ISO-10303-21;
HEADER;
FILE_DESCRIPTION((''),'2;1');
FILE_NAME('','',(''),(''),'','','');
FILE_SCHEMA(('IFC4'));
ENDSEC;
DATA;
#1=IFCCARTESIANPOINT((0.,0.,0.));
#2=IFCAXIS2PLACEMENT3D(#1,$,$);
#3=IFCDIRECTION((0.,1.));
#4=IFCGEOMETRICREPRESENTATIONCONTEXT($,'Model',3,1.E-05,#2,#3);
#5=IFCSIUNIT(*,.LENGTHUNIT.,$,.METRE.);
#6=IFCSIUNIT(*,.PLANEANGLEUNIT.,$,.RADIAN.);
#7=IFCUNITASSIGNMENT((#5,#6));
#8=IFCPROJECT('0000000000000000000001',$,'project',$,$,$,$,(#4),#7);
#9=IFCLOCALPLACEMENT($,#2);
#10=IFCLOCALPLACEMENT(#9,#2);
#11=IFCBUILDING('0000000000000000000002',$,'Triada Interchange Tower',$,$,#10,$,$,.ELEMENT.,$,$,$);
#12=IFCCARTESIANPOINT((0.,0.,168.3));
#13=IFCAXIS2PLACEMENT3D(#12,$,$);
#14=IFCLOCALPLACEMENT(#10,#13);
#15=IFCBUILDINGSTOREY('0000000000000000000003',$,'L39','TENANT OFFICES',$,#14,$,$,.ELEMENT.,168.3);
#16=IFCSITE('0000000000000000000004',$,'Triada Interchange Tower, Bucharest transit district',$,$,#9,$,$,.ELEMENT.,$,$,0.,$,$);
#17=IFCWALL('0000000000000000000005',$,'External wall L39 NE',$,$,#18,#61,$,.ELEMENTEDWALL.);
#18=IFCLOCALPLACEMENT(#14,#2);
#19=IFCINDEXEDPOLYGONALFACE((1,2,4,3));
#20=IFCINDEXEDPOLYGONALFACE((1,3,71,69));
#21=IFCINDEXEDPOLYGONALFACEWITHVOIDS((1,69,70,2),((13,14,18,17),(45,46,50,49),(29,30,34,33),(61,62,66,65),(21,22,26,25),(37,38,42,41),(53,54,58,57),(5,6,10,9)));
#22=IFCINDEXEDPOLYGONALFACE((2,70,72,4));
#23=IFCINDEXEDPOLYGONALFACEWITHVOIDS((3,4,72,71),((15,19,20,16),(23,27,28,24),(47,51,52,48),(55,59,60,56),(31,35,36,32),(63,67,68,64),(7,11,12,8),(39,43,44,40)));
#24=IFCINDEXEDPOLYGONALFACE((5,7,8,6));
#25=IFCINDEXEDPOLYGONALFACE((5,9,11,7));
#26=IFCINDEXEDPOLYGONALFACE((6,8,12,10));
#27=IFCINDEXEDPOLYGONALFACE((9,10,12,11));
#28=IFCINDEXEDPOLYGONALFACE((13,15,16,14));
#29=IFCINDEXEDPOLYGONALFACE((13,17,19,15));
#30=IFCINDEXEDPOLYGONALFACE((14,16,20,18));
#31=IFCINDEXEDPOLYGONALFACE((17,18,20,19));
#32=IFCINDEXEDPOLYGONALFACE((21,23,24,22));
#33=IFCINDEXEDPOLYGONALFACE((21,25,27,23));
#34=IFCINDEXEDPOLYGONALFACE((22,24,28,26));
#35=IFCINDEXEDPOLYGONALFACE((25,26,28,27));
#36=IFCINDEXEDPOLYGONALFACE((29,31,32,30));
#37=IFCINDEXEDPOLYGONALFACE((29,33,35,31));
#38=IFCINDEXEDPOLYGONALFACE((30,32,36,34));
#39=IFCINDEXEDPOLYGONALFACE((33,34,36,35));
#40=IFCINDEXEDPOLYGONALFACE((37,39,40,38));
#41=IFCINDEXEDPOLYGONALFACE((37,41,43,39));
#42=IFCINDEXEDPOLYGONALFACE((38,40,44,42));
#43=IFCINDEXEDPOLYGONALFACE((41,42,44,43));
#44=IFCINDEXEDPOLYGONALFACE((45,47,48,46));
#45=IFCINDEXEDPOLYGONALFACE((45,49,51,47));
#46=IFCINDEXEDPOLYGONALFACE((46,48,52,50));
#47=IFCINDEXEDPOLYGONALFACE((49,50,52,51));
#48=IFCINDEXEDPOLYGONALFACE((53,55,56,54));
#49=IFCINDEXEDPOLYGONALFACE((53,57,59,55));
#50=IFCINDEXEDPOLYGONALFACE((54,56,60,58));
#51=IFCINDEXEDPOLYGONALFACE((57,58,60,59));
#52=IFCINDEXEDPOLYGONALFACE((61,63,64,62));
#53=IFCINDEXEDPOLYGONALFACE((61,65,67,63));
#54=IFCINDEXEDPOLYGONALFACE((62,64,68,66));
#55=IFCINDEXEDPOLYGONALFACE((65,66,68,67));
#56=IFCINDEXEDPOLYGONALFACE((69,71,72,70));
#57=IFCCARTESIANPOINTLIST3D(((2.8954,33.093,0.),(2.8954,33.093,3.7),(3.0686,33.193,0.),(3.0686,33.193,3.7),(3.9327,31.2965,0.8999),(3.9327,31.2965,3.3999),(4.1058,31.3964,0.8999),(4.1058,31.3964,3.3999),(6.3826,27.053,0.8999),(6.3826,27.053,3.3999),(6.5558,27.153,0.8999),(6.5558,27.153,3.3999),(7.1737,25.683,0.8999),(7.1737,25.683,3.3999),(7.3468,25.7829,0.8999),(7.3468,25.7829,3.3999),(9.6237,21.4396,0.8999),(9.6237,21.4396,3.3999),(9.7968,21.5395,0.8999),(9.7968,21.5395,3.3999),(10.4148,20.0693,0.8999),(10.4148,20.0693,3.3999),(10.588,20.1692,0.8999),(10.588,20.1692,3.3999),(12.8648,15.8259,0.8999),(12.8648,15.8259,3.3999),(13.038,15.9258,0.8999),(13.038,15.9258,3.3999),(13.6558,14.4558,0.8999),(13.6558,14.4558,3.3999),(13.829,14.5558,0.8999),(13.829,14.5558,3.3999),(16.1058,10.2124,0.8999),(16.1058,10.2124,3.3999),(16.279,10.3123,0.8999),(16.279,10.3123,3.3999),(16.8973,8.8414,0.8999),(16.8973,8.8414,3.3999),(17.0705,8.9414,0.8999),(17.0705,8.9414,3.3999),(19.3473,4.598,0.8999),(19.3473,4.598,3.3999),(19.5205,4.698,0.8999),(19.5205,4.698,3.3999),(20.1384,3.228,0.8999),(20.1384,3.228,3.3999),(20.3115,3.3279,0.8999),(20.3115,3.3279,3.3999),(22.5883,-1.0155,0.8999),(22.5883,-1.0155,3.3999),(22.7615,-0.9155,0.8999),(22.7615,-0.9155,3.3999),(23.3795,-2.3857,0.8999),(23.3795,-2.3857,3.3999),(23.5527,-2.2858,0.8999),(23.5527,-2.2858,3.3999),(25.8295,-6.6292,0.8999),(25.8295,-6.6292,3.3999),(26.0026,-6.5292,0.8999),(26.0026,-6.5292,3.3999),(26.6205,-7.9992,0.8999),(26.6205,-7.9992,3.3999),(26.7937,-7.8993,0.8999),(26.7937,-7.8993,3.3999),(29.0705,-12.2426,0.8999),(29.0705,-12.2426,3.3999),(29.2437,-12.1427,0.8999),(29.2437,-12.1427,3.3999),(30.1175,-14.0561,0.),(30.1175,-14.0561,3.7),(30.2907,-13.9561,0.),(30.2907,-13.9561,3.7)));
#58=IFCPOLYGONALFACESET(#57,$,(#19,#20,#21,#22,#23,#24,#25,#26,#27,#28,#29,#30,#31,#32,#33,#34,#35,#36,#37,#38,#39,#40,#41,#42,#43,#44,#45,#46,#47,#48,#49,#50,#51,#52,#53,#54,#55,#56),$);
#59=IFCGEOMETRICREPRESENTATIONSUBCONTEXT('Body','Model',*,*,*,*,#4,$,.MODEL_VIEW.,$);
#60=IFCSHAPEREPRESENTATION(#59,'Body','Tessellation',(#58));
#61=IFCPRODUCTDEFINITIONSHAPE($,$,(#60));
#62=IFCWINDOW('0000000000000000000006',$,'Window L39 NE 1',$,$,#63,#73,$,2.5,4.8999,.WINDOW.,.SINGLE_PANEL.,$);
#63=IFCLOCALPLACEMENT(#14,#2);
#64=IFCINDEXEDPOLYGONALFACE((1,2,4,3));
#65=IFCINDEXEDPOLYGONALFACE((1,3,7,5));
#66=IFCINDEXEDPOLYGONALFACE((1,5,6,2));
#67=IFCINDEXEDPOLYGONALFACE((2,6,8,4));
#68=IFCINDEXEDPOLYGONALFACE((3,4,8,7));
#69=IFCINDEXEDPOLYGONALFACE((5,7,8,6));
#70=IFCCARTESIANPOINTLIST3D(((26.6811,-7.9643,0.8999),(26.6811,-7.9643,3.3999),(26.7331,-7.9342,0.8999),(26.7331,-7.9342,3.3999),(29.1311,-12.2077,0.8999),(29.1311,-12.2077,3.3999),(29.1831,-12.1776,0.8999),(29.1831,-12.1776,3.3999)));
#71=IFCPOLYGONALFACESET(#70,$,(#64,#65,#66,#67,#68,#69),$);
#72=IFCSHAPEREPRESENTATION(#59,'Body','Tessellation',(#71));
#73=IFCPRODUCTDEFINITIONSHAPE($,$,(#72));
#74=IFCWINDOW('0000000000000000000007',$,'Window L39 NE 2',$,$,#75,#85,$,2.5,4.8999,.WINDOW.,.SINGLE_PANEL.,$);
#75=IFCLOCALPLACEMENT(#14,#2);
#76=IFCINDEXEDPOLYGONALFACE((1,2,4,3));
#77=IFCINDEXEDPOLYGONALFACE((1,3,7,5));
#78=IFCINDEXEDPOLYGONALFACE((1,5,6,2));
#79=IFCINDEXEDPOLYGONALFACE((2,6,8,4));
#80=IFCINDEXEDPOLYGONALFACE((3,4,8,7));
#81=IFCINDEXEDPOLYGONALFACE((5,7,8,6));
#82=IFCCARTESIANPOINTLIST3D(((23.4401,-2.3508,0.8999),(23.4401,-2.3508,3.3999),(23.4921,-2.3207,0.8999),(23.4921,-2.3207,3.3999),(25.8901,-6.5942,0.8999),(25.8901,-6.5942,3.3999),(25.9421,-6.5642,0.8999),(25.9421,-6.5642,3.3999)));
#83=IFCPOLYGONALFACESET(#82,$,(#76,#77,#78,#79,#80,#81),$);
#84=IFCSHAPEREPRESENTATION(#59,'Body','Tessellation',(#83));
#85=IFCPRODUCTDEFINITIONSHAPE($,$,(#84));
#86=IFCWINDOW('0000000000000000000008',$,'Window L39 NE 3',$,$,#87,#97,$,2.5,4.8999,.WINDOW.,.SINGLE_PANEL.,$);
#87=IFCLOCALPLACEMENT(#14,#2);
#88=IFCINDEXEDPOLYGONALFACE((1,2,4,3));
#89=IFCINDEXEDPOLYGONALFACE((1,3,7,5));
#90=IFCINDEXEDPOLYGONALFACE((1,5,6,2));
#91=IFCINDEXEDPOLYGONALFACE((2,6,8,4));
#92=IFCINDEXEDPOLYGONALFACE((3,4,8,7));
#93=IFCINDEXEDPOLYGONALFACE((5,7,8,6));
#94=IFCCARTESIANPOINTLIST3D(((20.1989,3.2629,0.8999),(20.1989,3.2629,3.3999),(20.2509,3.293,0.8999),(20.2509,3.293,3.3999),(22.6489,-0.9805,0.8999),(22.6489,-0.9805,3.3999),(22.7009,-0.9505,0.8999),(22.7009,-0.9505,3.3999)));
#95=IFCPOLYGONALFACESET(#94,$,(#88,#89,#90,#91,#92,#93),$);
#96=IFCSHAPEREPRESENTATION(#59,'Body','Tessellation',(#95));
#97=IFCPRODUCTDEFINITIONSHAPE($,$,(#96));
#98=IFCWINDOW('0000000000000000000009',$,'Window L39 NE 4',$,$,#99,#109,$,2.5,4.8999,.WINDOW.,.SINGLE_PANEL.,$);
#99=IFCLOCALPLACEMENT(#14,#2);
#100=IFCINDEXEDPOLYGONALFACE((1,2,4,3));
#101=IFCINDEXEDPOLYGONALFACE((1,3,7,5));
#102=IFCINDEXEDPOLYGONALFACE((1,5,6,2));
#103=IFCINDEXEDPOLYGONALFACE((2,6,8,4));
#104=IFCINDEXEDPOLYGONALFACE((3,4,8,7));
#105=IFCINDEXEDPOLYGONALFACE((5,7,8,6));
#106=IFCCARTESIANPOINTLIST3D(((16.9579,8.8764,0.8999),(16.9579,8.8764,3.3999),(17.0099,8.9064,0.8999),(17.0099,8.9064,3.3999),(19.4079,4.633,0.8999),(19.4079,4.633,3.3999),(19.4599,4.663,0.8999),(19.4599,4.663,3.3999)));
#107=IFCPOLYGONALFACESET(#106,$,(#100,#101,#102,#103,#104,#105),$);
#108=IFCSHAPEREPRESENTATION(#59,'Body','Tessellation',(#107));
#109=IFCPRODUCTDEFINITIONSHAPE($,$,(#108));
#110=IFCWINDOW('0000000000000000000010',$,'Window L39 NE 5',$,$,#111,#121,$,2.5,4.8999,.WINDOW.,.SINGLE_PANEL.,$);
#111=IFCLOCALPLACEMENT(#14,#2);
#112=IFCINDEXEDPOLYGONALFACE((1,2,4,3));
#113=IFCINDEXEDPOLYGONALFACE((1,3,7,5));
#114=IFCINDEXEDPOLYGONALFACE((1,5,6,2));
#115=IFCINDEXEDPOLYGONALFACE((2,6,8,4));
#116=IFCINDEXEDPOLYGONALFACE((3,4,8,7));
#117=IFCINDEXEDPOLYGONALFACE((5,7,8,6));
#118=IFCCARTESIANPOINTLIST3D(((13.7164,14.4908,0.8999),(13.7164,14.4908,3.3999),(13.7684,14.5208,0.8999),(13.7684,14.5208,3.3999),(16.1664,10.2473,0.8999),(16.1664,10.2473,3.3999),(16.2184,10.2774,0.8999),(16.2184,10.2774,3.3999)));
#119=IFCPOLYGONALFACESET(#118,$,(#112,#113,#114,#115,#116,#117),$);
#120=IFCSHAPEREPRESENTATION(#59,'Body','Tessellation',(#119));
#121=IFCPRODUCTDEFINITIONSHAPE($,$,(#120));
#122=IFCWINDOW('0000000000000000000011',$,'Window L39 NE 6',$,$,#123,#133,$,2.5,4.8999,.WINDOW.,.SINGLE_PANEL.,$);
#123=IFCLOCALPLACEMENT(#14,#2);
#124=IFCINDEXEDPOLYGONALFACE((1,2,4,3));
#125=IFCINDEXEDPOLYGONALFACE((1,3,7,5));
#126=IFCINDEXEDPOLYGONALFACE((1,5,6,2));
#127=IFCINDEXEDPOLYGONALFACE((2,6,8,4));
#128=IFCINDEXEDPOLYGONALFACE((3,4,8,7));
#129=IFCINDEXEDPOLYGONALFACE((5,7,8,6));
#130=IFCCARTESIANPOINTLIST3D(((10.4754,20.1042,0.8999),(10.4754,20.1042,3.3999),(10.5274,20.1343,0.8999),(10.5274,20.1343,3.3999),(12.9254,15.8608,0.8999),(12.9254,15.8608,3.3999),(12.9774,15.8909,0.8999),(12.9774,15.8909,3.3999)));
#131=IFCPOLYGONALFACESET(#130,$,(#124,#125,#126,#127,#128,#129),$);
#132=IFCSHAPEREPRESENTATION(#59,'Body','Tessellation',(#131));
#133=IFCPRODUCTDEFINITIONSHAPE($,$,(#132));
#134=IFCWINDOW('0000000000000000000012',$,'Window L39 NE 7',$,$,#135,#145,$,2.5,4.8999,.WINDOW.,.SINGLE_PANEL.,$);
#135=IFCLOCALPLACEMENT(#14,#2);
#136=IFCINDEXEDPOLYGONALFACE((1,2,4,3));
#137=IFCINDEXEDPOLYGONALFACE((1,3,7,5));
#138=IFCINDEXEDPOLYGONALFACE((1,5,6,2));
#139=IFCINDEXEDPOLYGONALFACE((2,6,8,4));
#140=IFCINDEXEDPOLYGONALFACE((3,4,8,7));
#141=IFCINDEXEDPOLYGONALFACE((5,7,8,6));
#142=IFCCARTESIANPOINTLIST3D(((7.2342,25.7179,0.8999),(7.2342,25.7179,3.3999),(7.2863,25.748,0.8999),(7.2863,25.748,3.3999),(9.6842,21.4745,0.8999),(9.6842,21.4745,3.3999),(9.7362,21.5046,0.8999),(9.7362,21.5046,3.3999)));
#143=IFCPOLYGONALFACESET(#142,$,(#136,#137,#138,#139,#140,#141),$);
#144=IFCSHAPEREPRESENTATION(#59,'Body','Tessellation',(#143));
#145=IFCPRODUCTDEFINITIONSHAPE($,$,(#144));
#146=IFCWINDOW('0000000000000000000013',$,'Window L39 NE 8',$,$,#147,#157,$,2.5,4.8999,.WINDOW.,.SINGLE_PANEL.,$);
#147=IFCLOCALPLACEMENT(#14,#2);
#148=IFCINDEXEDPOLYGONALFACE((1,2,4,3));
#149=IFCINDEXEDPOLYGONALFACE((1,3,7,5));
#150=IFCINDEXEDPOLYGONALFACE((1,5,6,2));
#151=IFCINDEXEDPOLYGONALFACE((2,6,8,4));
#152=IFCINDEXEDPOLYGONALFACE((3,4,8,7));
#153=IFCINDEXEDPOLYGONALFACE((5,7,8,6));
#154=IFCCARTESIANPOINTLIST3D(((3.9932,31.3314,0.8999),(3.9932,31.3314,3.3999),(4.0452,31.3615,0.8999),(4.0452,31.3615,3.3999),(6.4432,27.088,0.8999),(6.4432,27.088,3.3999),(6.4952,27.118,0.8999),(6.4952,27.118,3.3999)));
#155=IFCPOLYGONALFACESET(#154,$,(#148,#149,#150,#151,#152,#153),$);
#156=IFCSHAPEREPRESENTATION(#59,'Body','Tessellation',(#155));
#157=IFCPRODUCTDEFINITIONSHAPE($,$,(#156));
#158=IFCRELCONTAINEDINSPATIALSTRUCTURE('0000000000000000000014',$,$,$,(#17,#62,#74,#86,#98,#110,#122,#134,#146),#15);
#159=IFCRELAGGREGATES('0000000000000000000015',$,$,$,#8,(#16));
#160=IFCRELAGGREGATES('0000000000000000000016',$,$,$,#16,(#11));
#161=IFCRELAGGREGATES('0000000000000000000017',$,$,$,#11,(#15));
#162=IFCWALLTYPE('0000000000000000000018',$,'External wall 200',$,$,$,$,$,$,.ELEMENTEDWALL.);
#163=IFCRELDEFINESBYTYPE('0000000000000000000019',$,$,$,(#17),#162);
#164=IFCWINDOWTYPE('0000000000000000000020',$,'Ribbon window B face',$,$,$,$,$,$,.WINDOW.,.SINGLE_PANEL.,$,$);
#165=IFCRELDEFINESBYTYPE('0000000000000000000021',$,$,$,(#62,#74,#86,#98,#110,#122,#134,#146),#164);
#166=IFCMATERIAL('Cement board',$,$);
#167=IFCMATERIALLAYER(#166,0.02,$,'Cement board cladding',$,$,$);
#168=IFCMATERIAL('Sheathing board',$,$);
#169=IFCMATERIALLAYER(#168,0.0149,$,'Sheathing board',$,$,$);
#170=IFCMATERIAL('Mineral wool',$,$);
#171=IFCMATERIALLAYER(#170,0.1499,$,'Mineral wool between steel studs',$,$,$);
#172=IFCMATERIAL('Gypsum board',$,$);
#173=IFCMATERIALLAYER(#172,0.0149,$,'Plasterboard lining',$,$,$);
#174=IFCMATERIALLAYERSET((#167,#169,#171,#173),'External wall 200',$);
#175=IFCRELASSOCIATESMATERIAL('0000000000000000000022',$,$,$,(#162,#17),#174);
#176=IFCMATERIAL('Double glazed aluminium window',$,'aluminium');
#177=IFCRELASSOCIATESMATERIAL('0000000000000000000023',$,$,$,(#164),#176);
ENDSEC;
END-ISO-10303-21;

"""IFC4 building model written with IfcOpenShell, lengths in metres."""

from ifc_helpers import new_model, si_unit, direction, frame, frame_2d, origin, place, context, subcontext, project, spatial, rectangle, extrude, material, layer, layer_set, layer_usage, type_object, element, fill, save


model = new_model("IFC4")

# Units and contexts
model_context = context("Model", 3, precision=1e-05, world=origin(), true_north=direction((0.0, 1.0)))
body_context = subcontext(model_context, "Body", "Model", "MODEL_VIEW")
ifc_project = project(units=[si_unit("LENGTHUNIT", "METRE"), si_unit("PLANEANGLEUNIT", "RADIAN")], contexts=[model_context])

# Site, building, storey
site_placement = place(None, origin())
site = spatial("IfcSite", under=ifc_project, at=site_placement, Name="Triada Interchange Tower, Bucharest transit district", CompositionType="ELEMENT", RefElevation=0.0)
building_placement = place(site_placement, origin())
building = spatial("IfcBuilding", under=site, at=building_placement, Name="Triada Interchange Tower", CompositionType="ELEMENT")
storey_placement = place(building_placement, frame((0.0, 0.0, 168.3)))
storey = spatial("IfcBuildingStorey", under=building, at=storey_placement, Name="L39", Description="TENANT OFFICES", CompositionType="ELEMENT", Elevation=168.3)

# Shared definitions
ifc_material_1 = material(Name="Cement board")
ifc_layer_1 = layer(ifc_material_1, 0.02, Name="Cement board cladding")
ifc_material_2 = material(Name="Sheathing board")
ifc_layer_2 = layer(ifc_material_2, 0.0149, Name="Sheathing board")
ifc_material_3 = material(Name="Mineral wool")
ifc_layer_3 = layer(ifc_material_3, 0.1499, Name="Mineral wool between steel studs")
ifc_material_4 = material(Name="Gypsum board")
ifc_layer_4 = layer(ifc_material_4, 0.0149, Name="Plasterboard lining")
ifc_layer_set_1 = layer_set([ifc_layer_1, ifc_layer_2, ifc_layer_3, ifc_layer_4], Name="External wall 200")
ifc_layer_usage = layer_usage(ifc_layer_set_1, "AXIS2", "POSITIVE", -0.1001)
wall_type_1 = type_object("IfcWallType", Name="External wall 200", PredefinedType="ELEMENTEDWALL", material=ifc_layer_set_1)
ifc_material_5 = material(Name="Double glazed aluminium window", Category="aluminium")

# Wall, openings, windows
wall_1_placement = place(storey_placement, frame((30.2041, -14.0061, 0.0), z_axis=(0.0, 0.0, 1.0), x_axis=(-0.500008, 0.866021, 0.0)))
wall_1 = element("IfcWall", 1, at=wall_1_placement, inside=storey, type_object=wall_type_1, material=ifc_layer_usage, Name="External wall L39 NE", PredefinedType="ELEMENTEDWALL", context=body_context, shape_type="SweptSolid", body=[
    extrude(rectangle(XDim=54.4434, YDim=0.2, at=frame_2d((27.2217, 0.0))), origin(), (0.0, 0.0, 1.0), 3.7),
])
opening_1_placement = place(wall_1_placement, frame((2.094, 0.0, 0.8999)))
opening_1 = element("IfcOpeningElement", 2, at=opening_1_placement, cuts=wall_1, PredefinedType="OPENING", context=body_context, shape_type="SweptSolid", body=[
    extrude(rectangle(XDim=4.8999, YDim=2.5, at=frame_2d((2.45, 1.25))), frame((0.0, 0.1099, 0.0), z_axis=(0.0, -1.0, 0.0), x_axis=(1.0, 0.0, 0.0)), (0.0, 0.0, 1.0), 0.22),
])
opening_2_placement = place(wall_1_placement, frame((8.5759, 0.0, 0.8999)))
opening_2 = element("IfcOpeningElement", 3, at=opening_2_placement, cuts=wall_1, PredefinedType="OPENING", context=body_context, shape_type="SweptSolid", body=[
    extrude(rectangle(XDim=4.8999, YDim=2.5, at=frame_2d((2.45, 1.25))), frame((0.0, 0.1099, 0.0), z_axis=(0.0, -1.0, 0.0), x_axis=(1.0, 0.0, 0.0)), (0.0, 0.0, 1.0), 0.22),
])
opening_3_placement = place(wall_1_placement, frame((15.0581, 0.0, 0.8999)))
opening_3 = element("IfcOpeningElement", 4, at=opening_3_placement, cuts=wall_1, PredefinedType="OPENING", context=body_context, shape_type="SweptSolid", body=[
    extrude(rectangle(XDim=4.8999, YDim=2.5, at=frame_2d((2.45, 1.25))), frame((0.0, 0.1099, 0.0), z_axis=(0.0, -1.0, 0.0), x_axis=(1.0, 0.0, 0.0)), (0.0, 0.0, 1.0), 0.22),
])
opening_4_placement = place(wall_1_placement, frame((21.54, 0.0, 0.8999)))
opening_4 = element("IfcOpeningElement", 5, at=opening_4_placement, cuts=wall_1, PredefinedType="OPENING", context=body_context, shape_type="SweptSolid", body=[
    extrude(rectangle(XDim=4.8999, YDim=2.5, at=frame_2d((2.45, 1.25))), frame((0.0, 0.1099, 0.0), z_axis=(0.0, -1.0, 0.0), x_axis=(1.0, 0.0, 0.0)), (0.0, 0.0, 1.0), 0.22),
])
opening_5_placement = place(wall_1_placement, frame((28.0229, 0.0, 0.8999)))
opening_5 = element("IfcOpeningElement", 6, at=opening_5_placement, cuts=wall_1, PredefinedType="OPENING", context=body_context, shape_type="SweptSolid", body=[
    extrude(rectangle(XDim=4.8999, YDim=2.5, at=frame_2d((2.45, 1.25))), frame((0.0, 0.1099, 0.0), z_axis=(0.0, -1.0, 0.0), x_axis=(1.0, 0.0, 0.0)), (0.0, 0.0, 1.0), 0.22),
])
opening_6_placement = place(wall_1_placement, frame((34.5049, 0.0, 0.8999)))
opening_6 = element("IfcOpeningElement", 7, at=opening_6_placement, cuts=wall_1, PredefinedType="OPENING", context=body_context, shape_type="SweptSolid", body=[
    extrude(rectangle(XDim=4.8999, YDim=2.5, at=frame_2d((2.45, 1.25))), frame((0.0, 0.1099, 0.0), z_axis=(0.0, -1.0, 0.0), x_axis=(1.0, 0.0, 0.0)), (0.0, 0.0, 1.0), 0.22),
])
opening_7_placement = place(wall_1_placement, frame((40.9871, 0.0, 0.8999)))
opening_7 = element("IfcOpeningElement", 8, at=opening_7_placement, cuts=wall_1, PredefinedType="OPENING", context=body_context, shape_type="SweptSolid", body=[
    extrude(rectangle(XDim=4.8999, YDim=2.5, at=frame_2d((2.45, 1.25))), frame((0.0, 0.1099, 0.0), z_axis=(0.0, -1.0, 0.0), x_axis=(1.0, 0.0, 0.0)), (0.0, 0.0, 1.0), 0.22),
])
opening_8_placement = place(wall_1_placement, frame((47.469, 0.0, 0.8999)))
opening_8 = element("IfcOpeningElement", 9, at=opening_8_placement, cuts=wall_1, PredefinedType="OPENING", context=body_context, shape_type="SweptSolid", body=[
    extrude(rectangle(XDim=4.8999, YDim=2.5, at=frame_2d((2.45, 1.25))), frame((0.0, 0.1099, 0.0), z_axis=(0.0, -1.0, 0.0), x_axis=(1.0, 0.0, 0.0)), (0.0, 0.0, 1.0), 0.22),
])
window_type_1 = type_object("IfcWindowType", Name="Ribbon window B face", PartitioningType="SINGLE_PANEL", PredefinedType="WINDOW", material=ifc_material_5)
window_1_placement = place(opening_1_placement, origin())
window_1 = element("IfcWindow", 10, at=window_1_placement, inside=storey, type_object=window_type_1, Name="Window L39 NE 1", OverallHeight=2.5, OverallWidth=4.8999, PartitioningType="SINGLE_PANEL", PredefinedType="WINDOW", context=body_context, shape_type="SweptSolid", body=[
    extrude(rectangle(XDim=4.8999, YDim=2.5, at=frame_2d((2.45, 1.25))), frame((0.0, 0.03, 0.0), z_axis=(0.0, -1.0, 0.0), x_axis=(1.0, 0.0, 0.0)), (0.0, 0.0, 1.0), 0.0601),
])
fill(opening_1, window_1)
window_2_placement = place(opening_2_placement, origin())
window_2 = element("IfcWindow", 11, at=window_2_placement, inside=storey, type_object=window_type_1, Name="Window L39 NE 2", OverallHeight=2.5, OverallWidth=4.8999, PartitioningType="SINGLE_PANEL", PredefinedType="WINDOW", context=body_context, shape_type="SweptSolid", body=[
    extrude(rectangle(XDim=4.8999, YDim=2.5, at=frame_2d((2.45, 1.25))), frame((0.0, 0.03, 0.0), z_axis=(0.0, -1.0, 0.0), x_axis=(1.0, 0.0, 0.0)), (0.0, 0.0, 1.0), 0.0601),
])
fill(opening_2, window_2)
window_3_placement = place(opening_3_placement, origin())
window_3 = element("IfcWindow", 12, at=window_3_placement, inside=storey, type_object=window_type_1, Name="Window L39 NE 3", OverallHeight=2.5, OverallWidth=4.8999, PartitioningType="SINGLE_PANEL", PredefinedType="WINDOW", context=body_context, shape_type="SweptSolid", body=[
    extrude(rectangle(XDim=4.8999, YDim=2.5, at=frame_2d((2.45, 1.25))), frame((0.0, 0.03, 0.0), z_axis=(0.0, -1.0, 0.0), x_axis=(1.0, 0.0, 0.0)), (0.0, 0.0, 1.0), 0.0601),
])
fill(opening_3, window_3)
window_4_placement = place(opening_4_placement, origin())
window_4 = element("IfcWindow", 13, at=window_4_placement, inside=storey, type_object=window_type_1, Name="Window L39 NE 4", OverallHeight=2.5, OverallWidth=4.8999, PartitioningType="SINGLE_PANEL", PredefinedType="WINDOW", context=body_context, shape_type="SweptSolid", body=[
    extrude(rectangle(XDim=4.8999, YDim=2.5, at=frame_2d((2.45, 1.25))), frame((0.0, 0.03, 0.0), z_axis=(0.0, -1.0, 0.0), x_axis=(1.0, 0.0, 0.0)), (0.0, 0.0, 1.0), 0.0601),
])
fill(opening_4, window_4)
window_5_placement = place(opening_5_placement, origin())
window_5 = element("IfcWindow", 14, at=window_5_placement, inside=storey, type_object=window_type_1, Name="Window L39 NE 5", OverallHeight=2.5, OverallWidth=4.8999, PartitioningType="SINGLE_PANEL", PredefinedType="WINDOW", context=body_context, shape_type="SweptSolid", body=[
    extrude(rectangle(XDim=4.8999, YDim=2.5, at=frame_2d((2.45, 1.25))), frame((0.0, 0.03, 0.0), z_axis=(0.0, -1.0, 0.0), x_axis=(1.0, 0.0, 0.0)), (0.0, 0.0, 1.0), 0.0601),
])
fill(opening_5, window_5)
window_6_placement = place(opening_6_placement, origin())
window_6 = element("IfcWindow", 15, at=window_6_placement, inside=storey, type_object=window_type_1, Name="Window L39 NE 6", OverallHeight=2.5, OverallWidth=4.8999, PartitioningType="SINGLE_PANEL", PredefinedType="WINDOW", context=body_context, shape_type="SweptSolid", body=[
    extrude(rectangle(XDim=4.8999, YDim=2.5, at=frame_2d((2.45, 1.25))), frame((0.0, 0.03, 0.0), z_axis=(0.0, -1.0, 0.0), x_axis=(1.0, 0.0, 0.0)), (0.0, 0.0, 1.0), 0.0601),
])
fill(opening_6, window_6)
window_7_placement = place(opening_7_placement, origin())
window_7 = element("IfcWindow", 16, at=window_7_placement, inside=storey, type_object=window_type_1, Name="Window L39 NE 7", OverallHeight=2.5, OverallWidth=4.8999, PartitioningType="SINGLE_PANEL", PredefinedType="WINDOW", context=body_context, shape_type="SweptSolid", body=[
    extrude(rectangle(XDim=4.8999, YDim=2.5, at=frame_2d((2.45, 1.25))), frame((0.0, 0.03, 0.0), z_axis=(0.0, -1.0, 0.0), x_axis=(1.0, 0.0, 0.0)), (0.0, 0.0, 1.0), 0.0601),
])
fill(opening_7, window_7)
window_8_placement = place(opening_8_placement, origin())
window_8 = element("IfcWindow", 17, at=window_8_placement, inside=storey, type_object=window_type_1, Name="Window L39 NE 8", OverallHeight=2.5, OverallWidth=4.8999, PartitioningType="SINGLE_PANEL", PredefinedType="WINDOW", context=body_context, shape_type="SweptSolid", body=[
    extrude(rectangle(XDim=4.8999, YDim=2.5, at=frame_2d((2.45, 1.25))), frame((0.0, 0.03, 0.0), z_axis=(0.0, -1.0, 0.0), x_axis=(1.0, 0.0, 0.0)), (0.0, 0.0, 1.0), 0.0601),
])
fill(opening_8, window_8)

save(model, "model.ifc")
